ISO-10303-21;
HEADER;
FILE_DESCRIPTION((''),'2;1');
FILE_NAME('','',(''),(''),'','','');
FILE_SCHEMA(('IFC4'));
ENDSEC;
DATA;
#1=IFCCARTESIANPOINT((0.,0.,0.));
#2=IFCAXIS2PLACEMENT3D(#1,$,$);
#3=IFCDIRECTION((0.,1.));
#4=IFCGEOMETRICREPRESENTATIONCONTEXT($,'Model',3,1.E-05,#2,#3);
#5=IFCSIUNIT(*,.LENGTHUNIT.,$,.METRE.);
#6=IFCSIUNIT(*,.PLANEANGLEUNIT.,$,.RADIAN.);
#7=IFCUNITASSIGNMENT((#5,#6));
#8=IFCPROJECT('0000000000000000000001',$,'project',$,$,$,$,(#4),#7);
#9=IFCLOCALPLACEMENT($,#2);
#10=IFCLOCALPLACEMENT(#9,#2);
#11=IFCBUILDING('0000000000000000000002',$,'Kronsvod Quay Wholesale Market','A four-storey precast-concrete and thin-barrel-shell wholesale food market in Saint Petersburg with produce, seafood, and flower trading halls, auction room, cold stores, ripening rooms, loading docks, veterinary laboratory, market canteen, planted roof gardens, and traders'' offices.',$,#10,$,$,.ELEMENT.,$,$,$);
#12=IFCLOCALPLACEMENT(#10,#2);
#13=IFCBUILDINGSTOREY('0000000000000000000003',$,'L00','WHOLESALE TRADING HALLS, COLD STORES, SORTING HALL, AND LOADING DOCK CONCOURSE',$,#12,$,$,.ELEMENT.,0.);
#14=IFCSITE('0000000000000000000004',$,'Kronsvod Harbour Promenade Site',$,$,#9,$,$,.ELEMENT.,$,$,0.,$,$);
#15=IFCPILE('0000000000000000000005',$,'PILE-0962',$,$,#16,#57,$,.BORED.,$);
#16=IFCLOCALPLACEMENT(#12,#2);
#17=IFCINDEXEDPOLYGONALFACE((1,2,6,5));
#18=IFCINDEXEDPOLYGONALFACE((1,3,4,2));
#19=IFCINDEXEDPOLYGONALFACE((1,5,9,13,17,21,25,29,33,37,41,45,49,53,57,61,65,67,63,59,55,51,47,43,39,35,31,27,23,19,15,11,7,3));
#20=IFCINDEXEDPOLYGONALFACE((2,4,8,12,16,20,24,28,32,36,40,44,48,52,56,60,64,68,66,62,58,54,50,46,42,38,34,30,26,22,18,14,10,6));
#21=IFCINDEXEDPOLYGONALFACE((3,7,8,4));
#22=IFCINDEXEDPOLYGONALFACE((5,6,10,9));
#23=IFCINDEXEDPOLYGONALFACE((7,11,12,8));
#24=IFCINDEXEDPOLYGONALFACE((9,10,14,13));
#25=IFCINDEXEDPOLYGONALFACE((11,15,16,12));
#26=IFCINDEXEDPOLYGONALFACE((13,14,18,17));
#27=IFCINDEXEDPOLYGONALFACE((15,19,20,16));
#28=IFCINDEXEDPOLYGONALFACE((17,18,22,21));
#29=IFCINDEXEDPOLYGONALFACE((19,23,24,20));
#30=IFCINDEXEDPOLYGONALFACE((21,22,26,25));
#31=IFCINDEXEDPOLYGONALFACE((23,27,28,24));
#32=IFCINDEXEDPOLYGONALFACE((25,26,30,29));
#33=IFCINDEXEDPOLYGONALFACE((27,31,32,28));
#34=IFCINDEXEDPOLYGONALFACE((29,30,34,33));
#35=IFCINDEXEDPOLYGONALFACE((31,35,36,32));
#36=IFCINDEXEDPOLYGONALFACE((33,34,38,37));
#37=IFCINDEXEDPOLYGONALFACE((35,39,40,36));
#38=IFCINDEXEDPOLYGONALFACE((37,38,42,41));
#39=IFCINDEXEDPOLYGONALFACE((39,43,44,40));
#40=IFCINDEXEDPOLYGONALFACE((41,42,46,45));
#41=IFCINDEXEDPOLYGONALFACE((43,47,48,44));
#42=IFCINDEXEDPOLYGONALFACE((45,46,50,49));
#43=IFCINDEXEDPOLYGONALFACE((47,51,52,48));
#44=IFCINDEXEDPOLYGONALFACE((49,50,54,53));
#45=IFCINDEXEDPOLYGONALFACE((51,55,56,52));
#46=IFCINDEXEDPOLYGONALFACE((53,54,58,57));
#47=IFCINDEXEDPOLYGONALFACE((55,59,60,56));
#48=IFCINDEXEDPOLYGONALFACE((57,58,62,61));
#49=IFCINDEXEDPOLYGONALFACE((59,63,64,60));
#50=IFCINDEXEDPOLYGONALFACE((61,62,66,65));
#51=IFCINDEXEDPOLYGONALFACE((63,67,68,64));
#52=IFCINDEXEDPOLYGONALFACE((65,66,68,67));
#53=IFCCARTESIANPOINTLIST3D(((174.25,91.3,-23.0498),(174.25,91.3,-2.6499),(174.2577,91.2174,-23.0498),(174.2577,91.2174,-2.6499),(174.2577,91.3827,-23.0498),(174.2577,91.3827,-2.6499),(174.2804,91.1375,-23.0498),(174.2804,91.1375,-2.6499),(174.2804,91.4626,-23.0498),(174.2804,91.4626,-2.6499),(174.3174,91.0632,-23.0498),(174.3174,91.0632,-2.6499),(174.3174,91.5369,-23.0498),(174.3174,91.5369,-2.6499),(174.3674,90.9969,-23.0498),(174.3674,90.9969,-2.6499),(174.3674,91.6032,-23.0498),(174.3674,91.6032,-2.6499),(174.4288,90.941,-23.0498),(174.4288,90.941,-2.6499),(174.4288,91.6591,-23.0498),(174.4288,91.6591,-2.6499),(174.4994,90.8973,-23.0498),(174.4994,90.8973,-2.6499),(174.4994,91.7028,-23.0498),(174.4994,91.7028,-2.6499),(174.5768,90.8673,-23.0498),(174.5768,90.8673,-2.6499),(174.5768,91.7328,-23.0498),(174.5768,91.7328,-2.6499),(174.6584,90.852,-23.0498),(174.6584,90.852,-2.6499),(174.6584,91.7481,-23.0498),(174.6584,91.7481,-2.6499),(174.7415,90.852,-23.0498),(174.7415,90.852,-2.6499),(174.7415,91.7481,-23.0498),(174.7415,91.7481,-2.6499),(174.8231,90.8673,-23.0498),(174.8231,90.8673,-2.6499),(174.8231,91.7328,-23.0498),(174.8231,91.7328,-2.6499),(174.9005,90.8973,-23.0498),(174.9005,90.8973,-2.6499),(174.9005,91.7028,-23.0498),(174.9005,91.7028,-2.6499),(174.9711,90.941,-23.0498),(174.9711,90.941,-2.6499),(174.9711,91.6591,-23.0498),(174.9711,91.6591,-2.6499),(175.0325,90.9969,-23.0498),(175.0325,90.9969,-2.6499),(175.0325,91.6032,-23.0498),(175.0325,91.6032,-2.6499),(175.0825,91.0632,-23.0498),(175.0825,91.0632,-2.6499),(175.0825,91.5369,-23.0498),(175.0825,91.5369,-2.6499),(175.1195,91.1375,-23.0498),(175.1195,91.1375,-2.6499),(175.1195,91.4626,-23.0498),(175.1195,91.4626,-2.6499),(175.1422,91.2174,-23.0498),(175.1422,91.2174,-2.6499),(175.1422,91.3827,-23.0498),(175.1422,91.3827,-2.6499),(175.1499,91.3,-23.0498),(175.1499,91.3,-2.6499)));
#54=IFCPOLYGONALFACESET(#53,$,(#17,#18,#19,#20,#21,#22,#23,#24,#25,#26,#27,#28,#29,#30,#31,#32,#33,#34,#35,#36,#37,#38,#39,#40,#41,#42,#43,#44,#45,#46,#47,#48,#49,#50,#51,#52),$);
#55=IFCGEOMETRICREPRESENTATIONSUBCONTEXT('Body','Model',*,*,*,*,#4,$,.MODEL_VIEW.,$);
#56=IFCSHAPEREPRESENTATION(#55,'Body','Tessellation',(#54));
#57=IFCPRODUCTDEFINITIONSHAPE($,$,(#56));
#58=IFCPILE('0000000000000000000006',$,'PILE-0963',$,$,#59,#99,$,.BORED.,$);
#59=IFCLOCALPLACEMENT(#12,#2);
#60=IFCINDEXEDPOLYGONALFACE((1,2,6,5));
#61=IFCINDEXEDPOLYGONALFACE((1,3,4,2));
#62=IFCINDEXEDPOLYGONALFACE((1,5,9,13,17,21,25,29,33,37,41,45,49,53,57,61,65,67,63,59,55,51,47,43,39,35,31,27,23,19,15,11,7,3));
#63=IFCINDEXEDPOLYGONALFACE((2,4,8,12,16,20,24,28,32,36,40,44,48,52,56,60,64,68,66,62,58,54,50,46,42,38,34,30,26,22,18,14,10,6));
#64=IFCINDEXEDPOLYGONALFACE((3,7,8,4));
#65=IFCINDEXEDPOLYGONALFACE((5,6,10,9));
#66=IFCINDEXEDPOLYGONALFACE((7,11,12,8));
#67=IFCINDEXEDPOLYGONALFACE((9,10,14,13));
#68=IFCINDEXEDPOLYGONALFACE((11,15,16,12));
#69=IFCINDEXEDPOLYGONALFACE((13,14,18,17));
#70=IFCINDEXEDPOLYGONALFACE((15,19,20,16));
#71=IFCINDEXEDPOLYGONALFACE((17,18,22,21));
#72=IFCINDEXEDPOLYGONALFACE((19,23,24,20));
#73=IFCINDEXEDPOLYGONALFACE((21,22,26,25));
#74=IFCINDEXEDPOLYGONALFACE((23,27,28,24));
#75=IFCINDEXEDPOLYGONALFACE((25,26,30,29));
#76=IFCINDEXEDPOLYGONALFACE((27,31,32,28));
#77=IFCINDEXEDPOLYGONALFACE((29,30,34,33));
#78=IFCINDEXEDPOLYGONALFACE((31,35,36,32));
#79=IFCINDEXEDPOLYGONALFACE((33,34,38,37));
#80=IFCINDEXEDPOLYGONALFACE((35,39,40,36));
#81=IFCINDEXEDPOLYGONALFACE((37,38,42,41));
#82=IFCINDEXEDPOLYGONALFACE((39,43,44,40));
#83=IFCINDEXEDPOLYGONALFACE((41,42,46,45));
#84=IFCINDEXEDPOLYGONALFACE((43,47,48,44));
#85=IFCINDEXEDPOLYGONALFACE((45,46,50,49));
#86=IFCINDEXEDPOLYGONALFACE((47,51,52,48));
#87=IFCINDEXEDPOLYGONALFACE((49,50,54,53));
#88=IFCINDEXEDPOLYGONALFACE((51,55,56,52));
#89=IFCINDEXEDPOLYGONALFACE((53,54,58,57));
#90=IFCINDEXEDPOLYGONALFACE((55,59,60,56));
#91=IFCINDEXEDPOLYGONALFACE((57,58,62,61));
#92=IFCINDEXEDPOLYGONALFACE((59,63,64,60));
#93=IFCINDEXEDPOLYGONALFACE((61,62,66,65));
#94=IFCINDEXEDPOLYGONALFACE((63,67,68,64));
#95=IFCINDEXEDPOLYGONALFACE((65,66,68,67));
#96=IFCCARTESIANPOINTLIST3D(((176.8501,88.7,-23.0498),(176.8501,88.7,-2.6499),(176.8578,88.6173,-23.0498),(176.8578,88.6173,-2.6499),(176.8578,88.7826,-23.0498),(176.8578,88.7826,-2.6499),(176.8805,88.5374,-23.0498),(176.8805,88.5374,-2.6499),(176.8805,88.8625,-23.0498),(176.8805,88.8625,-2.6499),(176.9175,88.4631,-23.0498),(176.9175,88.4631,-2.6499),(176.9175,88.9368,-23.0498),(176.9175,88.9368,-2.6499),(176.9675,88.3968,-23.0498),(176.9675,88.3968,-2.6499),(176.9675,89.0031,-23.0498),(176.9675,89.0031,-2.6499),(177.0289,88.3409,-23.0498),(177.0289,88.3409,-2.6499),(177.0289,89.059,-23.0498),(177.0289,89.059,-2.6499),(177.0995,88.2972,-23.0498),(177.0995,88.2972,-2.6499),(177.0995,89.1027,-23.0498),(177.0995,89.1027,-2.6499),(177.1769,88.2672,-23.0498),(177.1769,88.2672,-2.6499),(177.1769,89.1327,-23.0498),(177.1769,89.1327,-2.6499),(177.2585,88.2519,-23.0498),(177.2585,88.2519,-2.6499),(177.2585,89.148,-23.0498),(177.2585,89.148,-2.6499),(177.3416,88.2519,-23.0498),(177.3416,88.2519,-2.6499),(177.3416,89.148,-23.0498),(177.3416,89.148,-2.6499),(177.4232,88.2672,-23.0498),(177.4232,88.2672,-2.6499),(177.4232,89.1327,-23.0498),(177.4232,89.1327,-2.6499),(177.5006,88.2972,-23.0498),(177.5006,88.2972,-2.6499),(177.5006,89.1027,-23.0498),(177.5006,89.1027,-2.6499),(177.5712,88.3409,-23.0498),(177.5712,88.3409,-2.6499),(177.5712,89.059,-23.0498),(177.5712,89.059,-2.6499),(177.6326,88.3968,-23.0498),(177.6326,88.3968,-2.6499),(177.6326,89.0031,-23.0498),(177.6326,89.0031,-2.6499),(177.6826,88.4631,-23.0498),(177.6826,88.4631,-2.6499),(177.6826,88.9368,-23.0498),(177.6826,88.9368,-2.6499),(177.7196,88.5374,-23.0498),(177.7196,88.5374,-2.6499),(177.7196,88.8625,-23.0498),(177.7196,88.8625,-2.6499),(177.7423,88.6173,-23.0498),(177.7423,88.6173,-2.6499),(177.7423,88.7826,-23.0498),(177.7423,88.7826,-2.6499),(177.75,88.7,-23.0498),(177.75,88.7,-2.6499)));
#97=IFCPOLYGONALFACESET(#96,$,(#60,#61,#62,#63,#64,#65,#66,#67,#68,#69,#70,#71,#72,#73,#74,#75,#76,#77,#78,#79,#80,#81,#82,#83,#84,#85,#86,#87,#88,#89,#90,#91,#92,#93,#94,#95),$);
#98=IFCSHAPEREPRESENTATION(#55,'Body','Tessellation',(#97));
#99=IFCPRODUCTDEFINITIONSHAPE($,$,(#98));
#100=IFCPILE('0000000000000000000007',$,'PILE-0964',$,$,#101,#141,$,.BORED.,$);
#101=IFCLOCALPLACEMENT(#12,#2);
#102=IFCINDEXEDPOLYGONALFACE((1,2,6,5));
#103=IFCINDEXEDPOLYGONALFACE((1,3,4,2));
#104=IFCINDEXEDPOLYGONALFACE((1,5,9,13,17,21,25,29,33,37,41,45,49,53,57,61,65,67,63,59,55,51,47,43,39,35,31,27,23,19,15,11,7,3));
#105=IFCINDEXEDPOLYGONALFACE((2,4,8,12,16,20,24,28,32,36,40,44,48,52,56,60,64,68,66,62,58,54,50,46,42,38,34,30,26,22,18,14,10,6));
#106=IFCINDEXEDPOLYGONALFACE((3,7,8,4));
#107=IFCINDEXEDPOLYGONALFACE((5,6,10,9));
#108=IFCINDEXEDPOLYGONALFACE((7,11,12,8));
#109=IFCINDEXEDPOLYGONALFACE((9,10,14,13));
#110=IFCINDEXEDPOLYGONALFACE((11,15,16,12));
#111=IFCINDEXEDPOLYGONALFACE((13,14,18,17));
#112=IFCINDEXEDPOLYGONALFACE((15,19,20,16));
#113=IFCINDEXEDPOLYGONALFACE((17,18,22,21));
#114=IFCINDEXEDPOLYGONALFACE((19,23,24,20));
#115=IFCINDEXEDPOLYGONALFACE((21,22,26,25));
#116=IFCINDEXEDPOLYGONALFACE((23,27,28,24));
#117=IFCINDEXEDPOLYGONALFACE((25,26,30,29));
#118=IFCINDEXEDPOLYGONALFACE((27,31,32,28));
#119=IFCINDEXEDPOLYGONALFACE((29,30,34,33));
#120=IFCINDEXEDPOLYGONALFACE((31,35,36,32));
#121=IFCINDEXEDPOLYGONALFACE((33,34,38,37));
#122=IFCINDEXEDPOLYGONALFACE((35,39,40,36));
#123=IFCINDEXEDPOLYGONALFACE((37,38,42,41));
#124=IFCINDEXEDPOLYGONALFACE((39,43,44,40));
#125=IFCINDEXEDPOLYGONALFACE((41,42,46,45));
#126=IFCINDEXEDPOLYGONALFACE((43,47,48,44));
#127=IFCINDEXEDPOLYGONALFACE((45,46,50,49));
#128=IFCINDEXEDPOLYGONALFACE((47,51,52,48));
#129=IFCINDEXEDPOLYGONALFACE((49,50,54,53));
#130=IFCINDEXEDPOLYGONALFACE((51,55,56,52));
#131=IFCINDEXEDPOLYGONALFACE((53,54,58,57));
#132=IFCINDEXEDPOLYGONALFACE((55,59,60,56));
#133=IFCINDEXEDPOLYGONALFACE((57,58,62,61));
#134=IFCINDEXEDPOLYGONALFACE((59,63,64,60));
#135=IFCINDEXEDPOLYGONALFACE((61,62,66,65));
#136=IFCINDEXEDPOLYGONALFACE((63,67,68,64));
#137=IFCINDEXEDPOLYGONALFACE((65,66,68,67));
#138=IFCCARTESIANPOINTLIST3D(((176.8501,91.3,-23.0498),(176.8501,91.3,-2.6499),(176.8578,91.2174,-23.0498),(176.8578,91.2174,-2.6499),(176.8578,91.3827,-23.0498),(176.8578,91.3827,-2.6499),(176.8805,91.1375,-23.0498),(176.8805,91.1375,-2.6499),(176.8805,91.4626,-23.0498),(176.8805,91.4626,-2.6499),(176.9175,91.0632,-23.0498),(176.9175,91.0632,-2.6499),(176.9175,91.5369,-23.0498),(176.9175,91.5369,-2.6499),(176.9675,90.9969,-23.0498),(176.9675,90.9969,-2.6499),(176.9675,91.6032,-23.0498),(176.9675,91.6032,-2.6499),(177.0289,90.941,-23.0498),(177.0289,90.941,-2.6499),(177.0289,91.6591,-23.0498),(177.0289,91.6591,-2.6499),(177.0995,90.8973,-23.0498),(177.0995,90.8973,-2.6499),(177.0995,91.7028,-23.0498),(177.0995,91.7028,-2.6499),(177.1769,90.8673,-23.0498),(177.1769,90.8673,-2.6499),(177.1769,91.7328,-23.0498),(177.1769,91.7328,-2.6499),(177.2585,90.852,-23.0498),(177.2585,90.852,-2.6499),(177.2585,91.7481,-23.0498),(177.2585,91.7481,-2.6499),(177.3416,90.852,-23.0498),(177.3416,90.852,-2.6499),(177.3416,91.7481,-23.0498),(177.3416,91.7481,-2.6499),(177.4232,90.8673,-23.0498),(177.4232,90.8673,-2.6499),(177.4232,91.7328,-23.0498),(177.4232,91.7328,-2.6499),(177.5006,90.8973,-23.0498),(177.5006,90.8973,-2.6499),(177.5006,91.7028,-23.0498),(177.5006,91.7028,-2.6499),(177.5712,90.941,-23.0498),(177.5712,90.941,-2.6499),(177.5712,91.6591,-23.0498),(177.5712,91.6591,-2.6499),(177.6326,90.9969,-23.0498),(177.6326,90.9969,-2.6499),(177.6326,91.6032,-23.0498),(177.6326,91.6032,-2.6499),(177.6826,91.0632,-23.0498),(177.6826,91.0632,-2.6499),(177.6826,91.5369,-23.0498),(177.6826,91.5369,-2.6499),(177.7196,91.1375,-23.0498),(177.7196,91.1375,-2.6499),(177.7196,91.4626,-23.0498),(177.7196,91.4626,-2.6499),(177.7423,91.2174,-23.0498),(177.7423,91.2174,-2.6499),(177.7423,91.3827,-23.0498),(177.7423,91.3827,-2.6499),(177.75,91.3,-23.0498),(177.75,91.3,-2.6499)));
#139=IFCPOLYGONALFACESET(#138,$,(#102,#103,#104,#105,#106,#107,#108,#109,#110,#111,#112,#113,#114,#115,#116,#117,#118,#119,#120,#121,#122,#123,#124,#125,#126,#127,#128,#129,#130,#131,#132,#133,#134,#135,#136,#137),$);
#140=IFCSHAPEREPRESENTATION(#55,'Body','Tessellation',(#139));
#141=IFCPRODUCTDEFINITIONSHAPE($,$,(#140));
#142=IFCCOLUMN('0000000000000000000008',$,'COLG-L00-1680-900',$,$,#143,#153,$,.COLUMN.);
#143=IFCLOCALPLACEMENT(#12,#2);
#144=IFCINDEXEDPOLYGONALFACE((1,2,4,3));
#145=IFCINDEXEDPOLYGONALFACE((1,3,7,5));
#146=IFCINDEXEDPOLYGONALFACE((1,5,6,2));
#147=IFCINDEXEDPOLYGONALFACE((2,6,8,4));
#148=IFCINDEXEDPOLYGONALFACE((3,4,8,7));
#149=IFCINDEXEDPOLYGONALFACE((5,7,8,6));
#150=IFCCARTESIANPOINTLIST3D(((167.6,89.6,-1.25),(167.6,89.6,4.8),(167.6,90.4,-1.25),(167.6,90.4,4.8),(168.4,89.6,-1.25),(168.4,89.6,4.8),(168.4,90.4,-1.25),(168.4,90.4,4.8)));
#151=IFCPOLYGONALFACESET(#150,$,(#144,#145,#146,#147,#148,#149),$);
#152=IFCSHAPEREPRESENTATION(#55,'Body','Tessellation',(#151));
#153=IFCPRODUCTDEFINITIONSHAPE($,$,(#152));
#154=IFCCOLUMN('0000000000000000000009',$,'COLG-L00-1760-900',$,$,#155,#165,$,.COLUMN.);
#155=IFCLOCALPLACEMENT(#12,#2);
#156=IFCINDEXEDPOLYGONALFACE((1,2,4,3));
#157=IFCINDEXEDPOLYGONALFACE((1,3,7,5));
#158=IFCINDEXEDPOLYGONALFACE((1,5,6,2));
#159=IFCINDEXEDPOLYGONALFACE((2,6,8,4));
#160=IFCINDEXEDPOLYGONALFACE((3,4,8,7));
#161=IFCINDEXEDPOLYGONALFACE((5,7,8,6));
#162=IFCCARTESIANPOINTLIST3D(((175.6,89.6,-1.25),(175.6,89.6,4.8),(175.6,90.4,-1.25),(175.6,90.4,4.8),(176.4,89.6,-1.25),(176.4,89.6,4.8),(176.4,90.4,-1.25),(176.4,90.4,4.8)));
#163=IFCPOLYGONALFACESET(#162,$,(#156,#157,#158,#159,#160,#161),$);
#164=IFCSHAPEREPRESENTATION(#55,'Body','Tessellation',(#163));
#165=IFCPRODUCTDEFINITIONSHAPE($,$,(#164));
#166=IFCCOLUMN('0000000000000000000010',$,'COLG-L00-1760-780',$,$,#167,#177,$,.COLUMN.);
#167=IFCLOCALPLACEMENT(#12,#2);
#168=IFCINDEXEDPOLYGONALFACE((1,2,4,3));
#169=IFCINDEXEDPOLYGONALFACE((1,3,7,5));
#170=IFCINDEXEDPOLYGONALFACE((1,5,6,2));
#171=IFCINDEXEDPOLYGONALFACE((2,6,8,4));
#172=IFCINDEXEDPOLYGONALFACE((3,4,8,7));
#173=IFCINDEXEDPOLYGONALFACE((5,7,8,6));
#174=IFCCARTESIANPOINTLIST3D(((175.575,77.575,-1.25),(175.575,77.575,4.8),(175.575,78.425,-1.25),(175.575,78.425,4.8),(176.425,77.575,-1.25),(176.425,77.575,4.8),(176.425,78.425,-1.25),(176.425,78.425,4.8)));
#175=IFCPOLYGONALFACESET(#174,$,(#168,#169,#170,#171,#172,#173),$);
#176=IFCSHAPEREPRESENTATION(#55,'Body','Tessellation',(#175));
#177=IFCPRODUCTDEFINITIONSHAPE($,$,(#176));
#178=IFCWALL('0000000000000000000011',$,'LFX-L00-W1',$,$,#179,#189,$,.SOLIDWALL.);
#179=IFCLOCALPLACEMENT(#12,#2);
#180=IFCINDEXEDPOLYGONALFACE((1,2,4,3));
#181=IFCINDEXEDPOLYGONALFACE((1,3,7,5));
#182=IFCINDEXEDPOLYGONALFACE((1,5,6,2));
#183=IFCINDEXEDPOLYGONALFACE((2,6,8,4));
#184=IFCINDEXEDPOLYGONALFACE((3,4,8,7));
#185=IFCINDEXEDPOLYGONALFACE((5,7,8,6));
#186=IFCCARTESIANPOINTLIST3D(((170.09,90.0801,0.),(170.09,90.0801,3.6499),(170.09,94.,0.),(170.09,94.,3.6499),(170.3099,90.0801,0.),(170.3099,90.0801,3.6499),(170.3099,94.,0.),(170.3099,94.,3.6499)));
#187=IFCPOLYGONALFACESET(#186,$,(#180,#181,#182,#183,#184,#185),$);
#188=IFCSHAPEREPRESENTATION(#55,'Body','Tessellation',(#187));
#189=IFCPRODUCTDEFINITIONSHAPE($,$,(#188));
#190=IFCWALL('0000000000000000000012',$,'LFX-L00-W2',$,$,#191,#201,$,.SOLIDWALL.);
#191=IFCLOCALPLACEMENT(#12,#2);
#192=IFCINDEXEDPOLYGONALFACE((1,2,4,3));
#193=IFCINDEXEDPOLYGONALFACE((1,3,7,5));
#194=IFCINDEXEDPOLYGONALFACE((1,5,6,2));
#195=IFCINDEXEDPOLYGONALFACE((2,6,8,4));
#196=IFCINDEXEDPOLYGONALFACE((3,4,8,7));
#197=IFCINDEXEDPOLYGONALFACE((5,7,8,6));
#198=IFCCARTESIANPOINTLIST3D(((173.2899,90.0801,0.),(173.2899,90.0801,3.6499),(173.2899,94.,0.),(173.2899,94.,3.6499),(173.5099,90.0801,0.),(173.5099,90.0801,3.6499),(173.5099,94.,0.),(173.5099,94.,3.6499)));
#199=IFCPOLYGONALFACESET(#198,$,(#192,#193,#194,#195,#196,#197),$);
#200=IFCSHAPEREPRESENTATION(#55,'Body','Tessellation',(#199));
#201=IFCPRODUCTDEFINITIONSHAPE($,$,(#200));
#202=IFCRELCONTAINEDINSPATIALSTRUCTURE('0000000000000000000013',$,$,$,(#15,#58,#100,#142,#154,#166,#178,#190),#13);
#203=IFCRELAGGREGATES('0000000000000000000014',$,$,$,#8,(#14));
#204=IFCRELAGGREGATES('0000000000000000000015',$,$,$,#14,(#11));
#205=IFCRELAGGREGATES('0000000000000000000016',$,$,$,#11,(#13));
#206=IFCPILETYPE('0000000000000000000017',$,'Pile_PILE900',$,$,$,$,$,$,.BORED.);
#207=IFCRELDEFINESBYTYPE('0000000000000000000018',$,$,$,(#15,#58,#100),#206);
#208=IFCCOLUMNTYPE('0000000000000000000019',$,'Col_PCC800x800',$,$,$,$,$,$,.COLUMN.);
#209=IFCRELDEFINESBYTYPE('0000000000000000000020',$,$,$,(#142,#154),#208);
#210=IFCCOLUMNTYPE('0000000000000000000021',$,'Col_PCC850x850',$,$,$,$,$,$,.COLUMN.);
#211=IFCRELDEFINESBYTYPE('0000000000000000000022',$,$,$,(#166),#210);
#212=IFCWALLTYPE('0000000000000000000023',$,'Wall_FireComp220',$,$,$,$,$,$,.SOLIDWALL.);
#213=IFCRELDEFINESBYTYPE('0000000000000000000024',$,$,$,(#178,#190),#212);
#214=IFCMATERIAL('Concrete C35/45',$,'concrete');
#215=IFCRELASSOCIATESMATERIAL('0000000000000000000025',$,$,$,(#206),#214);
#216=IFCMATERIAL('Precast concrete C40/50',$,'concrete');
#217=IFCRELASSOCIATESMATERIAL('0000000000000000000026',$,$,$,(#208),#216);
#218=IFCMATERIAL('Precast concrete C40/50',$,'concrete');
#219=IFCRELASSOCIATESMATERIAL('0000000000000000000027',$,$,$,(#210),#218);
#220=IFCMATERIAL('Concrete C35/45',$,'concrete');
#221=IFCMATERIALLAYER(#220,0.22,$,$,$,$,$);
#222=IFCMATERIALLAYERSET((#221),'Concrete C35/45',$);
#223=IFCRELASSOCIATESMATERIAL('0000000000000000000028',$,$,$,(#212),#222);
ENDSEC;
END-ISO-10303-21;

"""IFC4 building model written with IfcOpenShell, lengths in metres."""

from ifc_helpers import new_model, si_unit, direction, frame, frame_2d, origin, origin_2d, place, context, subcontext, project, spatial, rectangle, circle, extrude, material, layer, layer_set, material_profile, profile_set, type_object, element, save


model = new_model("IFC4")

# Units and contexts
model_context = context("Model", 3, precision=1e-05, world=origin(), true_north=direction((0.0, 1.0)))
body_context = subcontext(model_context, "Body", "Model", "MODEL_VIEW")
ifc_project = project(units=[si_unit("LENGTHUNIT", "METRE"), si_unit("PLANEANGLEUNIT", "RADIAN")], contexts=[model_context])

# Site, building, storey
site_placement = place(None, origin())
site = spatial("IfcSite", under=ifc_project, at=site_placement, Name="Kronsvod Harbour Promenade Site", CompositionType="ELEMENT", RefElevation=0.0)
building_placement = place(site_placement, origin())
building = spatial("IfcBuilding", under=site, at=building_placement, Name="Kronsvod Quay Wholesale Market", Description="A four-storey precast-concrete and thin-barrel-shell wholesale food market in Saint Petersburg with produce, seafood, and flower trading halls, auction room, cold stores, ripening rooms, loading docks, veterinary laboratory, market canteen, planted roof gardens, and traders' offices.", CompositionType="ELEMENT")
storey_placement = place(building_placement, origin())
storey = spatial("IfcBuildingStorey", under=building, at=storey_placement, Name="L00", Description="WHOLESALE TRADING HALLS, COLD STORES, SORTING HALL, AND LOADING DOCK CONCOURSE", CompositionType="ELEMENT", Elevation=0.0)

# Piles
ifc_material_1 = material(Name="Concrete C35/45", Category="concrete")
ifc_material_profile_1 = material_profile(ifc_material_1, circle(Radius=0.45, at=origin_2d()), Name="PILE900")
ifc_profile_set_1 = profile_set([ifc_material_profile_1], Name="Concrete C35/45")
pile_type_1 = type_object("IfcPileType", Name="Pile_PILE900", PredefinedType="BORED", material=ifc_profile_set_1)
for number, where, z_axis, x_axis, name in (
    (1, (174.7, 91.3, -2.6499), (0.0, 0.0, -1.0), (1.0, 0.0, 0.0), "PILE-0962"),
    (2, (177.3, 88.7, -2.6499), (0.0, 0.0, -1.0), (1.0, 0.0, 0.0), "PILE-0963"),
    (3, (177.3, 91.3, -2.6499), (0.0, 0.0, -1.0), (1.0, 0.0, 0.0), "PILE-0964"),
):
    element("IfcPile", number, at=place(storey_placement, frame(where, z_axis=z_axis, x_axis=x_axis)), inside=storey, type_object=pile_type_1, Name=name, PredefinedType="BORED", context=body_context, shape_type="SweptSolid", body=[
        extrude(circle(Radius=0.45, at=origin_2d()), origin(), (0.0, 0.0, 1.0), 20.3999),
    ])

# Columns
ifc_material_2 = material(Name="Precast concrete C40/50", Category="concrete")
ifc_material_profile_2 = material_profile(ifc_material_2, rectangle(XDim=0.8, YDim=0.8, at=origin_2d()), Name="PCC800x800")
ifc_profile_set_2 = profile_set([ifc_material_profile_2], Name="Precast concrete C40/50")
column_type_1 = type_object("IfcColumnType", Name="Col_PCC800x800", PredefinedType="COLUMN", material=ifc_profile_set_2)
for number, where, z_axis, x_axis, name in (
    (4, (168.0, 90.0, -1.25), (0.0, 0.0, 1.0), (1.0, 0.0, 0.0), "COLG-L00-1680-900"),
    (5, (176.0, 90.0, -1.25), (0.0, 0.0, 1.0), (1.0, 0.0, 0.0), "COLG-L00-1760-900"),
):
    element("IfcColumn", number, at=place(storey_placement, frame(where, z_axis=z_axis, x_axis=x_axis)), inside=storey, type_object=column_type_1, Name=name, PredefinedType="COLUMN", context=body_context, shape_type="SweptSolid", body=[
        extrude(rectangle(XDim=0.8, YDim=0.8, at=origin_2d()), origin(), (0.0, 0.0, 1.0), 6.05),
    ])
ifc_material_3 = material(Name="Precast concrete C40/50", Category="concrete")
ifc_material_profile_3 = material_profile(ifc_material_3, rectangle(XDim=0.8501, YDim=0.8501, at=origin_2d()), Name="COL-06")
ifc_profile_set_3 = profile_set([ifc_material_profile_3], Name="Precast concrete C40/50")
column_type_2 = type_object("IfcColumnType", Name="Col_PCC850x850", PredefinedType="COLUMN", material=ifc_profile_set_3)
column_placement = place(storey_placement, frame((176.0, 78.0, -1.25), z_axis=(0.0, 0.0, 1.0), x_axis=(1.0, 0.0, 0.0)))
element("IfcColumn", 6, at=column_placement, inside=storey, type_object=column_type_2, Name="COLG-L00-1760-780", PredefinedType="COLUMN", context=body_context, shape_type="SweptSolid", body=[
    extrude(rectangle(XDim=0.8501, YDim=0.8501, at=origin_2d()), origin(), (0.0, 0.0, 1.0), 6.05),
])

# Walls
ifc_material_4 = material(Name="Concrete C35/45", Category="concrete")
ifc_layer_1 = layer(ifc_material_4, 0.22)
ifc_layer_set_1 = layer_set([ifc_layer_1], Name="Concrete C35/45")
wall_type_1 = type_object("IfcWallType", Name="Wall_FireComp220", PredefinedType="SOLIDWALL", material=ifc_layer_set_1)
for number, where, z_axis, x_axis, name in (
    (7, (170.2, 90.0801, 0.0), (0.0, 0.0, 1.0), (0.0, 1.0, 0.0), "LFX-L00-W1"),
    (8, (173.3999, 90.0801, 0.0), (0.0, 0.0, 1.0), (0.0, 1.0, 0.0), "LFX-L00-W2"),
):
    element("IfcWall", number, at=place(storey_placement, frame(where, z_axis=z_axis, x_axis=x_axis)), inside=storey, type_object=wall_type_1, Name=name, PredefinedType="SOLIDWALL", context=body_context, shape_type="SweptSolid", body=[
        extrude(rectangle(XDim=3.9199, YDim=0.22, at=frame_2d((1.96, 0.0))), origin(), (0.0, 0.0, 1.0), 3.6499),
    ])

save(model, "model.ifc")
